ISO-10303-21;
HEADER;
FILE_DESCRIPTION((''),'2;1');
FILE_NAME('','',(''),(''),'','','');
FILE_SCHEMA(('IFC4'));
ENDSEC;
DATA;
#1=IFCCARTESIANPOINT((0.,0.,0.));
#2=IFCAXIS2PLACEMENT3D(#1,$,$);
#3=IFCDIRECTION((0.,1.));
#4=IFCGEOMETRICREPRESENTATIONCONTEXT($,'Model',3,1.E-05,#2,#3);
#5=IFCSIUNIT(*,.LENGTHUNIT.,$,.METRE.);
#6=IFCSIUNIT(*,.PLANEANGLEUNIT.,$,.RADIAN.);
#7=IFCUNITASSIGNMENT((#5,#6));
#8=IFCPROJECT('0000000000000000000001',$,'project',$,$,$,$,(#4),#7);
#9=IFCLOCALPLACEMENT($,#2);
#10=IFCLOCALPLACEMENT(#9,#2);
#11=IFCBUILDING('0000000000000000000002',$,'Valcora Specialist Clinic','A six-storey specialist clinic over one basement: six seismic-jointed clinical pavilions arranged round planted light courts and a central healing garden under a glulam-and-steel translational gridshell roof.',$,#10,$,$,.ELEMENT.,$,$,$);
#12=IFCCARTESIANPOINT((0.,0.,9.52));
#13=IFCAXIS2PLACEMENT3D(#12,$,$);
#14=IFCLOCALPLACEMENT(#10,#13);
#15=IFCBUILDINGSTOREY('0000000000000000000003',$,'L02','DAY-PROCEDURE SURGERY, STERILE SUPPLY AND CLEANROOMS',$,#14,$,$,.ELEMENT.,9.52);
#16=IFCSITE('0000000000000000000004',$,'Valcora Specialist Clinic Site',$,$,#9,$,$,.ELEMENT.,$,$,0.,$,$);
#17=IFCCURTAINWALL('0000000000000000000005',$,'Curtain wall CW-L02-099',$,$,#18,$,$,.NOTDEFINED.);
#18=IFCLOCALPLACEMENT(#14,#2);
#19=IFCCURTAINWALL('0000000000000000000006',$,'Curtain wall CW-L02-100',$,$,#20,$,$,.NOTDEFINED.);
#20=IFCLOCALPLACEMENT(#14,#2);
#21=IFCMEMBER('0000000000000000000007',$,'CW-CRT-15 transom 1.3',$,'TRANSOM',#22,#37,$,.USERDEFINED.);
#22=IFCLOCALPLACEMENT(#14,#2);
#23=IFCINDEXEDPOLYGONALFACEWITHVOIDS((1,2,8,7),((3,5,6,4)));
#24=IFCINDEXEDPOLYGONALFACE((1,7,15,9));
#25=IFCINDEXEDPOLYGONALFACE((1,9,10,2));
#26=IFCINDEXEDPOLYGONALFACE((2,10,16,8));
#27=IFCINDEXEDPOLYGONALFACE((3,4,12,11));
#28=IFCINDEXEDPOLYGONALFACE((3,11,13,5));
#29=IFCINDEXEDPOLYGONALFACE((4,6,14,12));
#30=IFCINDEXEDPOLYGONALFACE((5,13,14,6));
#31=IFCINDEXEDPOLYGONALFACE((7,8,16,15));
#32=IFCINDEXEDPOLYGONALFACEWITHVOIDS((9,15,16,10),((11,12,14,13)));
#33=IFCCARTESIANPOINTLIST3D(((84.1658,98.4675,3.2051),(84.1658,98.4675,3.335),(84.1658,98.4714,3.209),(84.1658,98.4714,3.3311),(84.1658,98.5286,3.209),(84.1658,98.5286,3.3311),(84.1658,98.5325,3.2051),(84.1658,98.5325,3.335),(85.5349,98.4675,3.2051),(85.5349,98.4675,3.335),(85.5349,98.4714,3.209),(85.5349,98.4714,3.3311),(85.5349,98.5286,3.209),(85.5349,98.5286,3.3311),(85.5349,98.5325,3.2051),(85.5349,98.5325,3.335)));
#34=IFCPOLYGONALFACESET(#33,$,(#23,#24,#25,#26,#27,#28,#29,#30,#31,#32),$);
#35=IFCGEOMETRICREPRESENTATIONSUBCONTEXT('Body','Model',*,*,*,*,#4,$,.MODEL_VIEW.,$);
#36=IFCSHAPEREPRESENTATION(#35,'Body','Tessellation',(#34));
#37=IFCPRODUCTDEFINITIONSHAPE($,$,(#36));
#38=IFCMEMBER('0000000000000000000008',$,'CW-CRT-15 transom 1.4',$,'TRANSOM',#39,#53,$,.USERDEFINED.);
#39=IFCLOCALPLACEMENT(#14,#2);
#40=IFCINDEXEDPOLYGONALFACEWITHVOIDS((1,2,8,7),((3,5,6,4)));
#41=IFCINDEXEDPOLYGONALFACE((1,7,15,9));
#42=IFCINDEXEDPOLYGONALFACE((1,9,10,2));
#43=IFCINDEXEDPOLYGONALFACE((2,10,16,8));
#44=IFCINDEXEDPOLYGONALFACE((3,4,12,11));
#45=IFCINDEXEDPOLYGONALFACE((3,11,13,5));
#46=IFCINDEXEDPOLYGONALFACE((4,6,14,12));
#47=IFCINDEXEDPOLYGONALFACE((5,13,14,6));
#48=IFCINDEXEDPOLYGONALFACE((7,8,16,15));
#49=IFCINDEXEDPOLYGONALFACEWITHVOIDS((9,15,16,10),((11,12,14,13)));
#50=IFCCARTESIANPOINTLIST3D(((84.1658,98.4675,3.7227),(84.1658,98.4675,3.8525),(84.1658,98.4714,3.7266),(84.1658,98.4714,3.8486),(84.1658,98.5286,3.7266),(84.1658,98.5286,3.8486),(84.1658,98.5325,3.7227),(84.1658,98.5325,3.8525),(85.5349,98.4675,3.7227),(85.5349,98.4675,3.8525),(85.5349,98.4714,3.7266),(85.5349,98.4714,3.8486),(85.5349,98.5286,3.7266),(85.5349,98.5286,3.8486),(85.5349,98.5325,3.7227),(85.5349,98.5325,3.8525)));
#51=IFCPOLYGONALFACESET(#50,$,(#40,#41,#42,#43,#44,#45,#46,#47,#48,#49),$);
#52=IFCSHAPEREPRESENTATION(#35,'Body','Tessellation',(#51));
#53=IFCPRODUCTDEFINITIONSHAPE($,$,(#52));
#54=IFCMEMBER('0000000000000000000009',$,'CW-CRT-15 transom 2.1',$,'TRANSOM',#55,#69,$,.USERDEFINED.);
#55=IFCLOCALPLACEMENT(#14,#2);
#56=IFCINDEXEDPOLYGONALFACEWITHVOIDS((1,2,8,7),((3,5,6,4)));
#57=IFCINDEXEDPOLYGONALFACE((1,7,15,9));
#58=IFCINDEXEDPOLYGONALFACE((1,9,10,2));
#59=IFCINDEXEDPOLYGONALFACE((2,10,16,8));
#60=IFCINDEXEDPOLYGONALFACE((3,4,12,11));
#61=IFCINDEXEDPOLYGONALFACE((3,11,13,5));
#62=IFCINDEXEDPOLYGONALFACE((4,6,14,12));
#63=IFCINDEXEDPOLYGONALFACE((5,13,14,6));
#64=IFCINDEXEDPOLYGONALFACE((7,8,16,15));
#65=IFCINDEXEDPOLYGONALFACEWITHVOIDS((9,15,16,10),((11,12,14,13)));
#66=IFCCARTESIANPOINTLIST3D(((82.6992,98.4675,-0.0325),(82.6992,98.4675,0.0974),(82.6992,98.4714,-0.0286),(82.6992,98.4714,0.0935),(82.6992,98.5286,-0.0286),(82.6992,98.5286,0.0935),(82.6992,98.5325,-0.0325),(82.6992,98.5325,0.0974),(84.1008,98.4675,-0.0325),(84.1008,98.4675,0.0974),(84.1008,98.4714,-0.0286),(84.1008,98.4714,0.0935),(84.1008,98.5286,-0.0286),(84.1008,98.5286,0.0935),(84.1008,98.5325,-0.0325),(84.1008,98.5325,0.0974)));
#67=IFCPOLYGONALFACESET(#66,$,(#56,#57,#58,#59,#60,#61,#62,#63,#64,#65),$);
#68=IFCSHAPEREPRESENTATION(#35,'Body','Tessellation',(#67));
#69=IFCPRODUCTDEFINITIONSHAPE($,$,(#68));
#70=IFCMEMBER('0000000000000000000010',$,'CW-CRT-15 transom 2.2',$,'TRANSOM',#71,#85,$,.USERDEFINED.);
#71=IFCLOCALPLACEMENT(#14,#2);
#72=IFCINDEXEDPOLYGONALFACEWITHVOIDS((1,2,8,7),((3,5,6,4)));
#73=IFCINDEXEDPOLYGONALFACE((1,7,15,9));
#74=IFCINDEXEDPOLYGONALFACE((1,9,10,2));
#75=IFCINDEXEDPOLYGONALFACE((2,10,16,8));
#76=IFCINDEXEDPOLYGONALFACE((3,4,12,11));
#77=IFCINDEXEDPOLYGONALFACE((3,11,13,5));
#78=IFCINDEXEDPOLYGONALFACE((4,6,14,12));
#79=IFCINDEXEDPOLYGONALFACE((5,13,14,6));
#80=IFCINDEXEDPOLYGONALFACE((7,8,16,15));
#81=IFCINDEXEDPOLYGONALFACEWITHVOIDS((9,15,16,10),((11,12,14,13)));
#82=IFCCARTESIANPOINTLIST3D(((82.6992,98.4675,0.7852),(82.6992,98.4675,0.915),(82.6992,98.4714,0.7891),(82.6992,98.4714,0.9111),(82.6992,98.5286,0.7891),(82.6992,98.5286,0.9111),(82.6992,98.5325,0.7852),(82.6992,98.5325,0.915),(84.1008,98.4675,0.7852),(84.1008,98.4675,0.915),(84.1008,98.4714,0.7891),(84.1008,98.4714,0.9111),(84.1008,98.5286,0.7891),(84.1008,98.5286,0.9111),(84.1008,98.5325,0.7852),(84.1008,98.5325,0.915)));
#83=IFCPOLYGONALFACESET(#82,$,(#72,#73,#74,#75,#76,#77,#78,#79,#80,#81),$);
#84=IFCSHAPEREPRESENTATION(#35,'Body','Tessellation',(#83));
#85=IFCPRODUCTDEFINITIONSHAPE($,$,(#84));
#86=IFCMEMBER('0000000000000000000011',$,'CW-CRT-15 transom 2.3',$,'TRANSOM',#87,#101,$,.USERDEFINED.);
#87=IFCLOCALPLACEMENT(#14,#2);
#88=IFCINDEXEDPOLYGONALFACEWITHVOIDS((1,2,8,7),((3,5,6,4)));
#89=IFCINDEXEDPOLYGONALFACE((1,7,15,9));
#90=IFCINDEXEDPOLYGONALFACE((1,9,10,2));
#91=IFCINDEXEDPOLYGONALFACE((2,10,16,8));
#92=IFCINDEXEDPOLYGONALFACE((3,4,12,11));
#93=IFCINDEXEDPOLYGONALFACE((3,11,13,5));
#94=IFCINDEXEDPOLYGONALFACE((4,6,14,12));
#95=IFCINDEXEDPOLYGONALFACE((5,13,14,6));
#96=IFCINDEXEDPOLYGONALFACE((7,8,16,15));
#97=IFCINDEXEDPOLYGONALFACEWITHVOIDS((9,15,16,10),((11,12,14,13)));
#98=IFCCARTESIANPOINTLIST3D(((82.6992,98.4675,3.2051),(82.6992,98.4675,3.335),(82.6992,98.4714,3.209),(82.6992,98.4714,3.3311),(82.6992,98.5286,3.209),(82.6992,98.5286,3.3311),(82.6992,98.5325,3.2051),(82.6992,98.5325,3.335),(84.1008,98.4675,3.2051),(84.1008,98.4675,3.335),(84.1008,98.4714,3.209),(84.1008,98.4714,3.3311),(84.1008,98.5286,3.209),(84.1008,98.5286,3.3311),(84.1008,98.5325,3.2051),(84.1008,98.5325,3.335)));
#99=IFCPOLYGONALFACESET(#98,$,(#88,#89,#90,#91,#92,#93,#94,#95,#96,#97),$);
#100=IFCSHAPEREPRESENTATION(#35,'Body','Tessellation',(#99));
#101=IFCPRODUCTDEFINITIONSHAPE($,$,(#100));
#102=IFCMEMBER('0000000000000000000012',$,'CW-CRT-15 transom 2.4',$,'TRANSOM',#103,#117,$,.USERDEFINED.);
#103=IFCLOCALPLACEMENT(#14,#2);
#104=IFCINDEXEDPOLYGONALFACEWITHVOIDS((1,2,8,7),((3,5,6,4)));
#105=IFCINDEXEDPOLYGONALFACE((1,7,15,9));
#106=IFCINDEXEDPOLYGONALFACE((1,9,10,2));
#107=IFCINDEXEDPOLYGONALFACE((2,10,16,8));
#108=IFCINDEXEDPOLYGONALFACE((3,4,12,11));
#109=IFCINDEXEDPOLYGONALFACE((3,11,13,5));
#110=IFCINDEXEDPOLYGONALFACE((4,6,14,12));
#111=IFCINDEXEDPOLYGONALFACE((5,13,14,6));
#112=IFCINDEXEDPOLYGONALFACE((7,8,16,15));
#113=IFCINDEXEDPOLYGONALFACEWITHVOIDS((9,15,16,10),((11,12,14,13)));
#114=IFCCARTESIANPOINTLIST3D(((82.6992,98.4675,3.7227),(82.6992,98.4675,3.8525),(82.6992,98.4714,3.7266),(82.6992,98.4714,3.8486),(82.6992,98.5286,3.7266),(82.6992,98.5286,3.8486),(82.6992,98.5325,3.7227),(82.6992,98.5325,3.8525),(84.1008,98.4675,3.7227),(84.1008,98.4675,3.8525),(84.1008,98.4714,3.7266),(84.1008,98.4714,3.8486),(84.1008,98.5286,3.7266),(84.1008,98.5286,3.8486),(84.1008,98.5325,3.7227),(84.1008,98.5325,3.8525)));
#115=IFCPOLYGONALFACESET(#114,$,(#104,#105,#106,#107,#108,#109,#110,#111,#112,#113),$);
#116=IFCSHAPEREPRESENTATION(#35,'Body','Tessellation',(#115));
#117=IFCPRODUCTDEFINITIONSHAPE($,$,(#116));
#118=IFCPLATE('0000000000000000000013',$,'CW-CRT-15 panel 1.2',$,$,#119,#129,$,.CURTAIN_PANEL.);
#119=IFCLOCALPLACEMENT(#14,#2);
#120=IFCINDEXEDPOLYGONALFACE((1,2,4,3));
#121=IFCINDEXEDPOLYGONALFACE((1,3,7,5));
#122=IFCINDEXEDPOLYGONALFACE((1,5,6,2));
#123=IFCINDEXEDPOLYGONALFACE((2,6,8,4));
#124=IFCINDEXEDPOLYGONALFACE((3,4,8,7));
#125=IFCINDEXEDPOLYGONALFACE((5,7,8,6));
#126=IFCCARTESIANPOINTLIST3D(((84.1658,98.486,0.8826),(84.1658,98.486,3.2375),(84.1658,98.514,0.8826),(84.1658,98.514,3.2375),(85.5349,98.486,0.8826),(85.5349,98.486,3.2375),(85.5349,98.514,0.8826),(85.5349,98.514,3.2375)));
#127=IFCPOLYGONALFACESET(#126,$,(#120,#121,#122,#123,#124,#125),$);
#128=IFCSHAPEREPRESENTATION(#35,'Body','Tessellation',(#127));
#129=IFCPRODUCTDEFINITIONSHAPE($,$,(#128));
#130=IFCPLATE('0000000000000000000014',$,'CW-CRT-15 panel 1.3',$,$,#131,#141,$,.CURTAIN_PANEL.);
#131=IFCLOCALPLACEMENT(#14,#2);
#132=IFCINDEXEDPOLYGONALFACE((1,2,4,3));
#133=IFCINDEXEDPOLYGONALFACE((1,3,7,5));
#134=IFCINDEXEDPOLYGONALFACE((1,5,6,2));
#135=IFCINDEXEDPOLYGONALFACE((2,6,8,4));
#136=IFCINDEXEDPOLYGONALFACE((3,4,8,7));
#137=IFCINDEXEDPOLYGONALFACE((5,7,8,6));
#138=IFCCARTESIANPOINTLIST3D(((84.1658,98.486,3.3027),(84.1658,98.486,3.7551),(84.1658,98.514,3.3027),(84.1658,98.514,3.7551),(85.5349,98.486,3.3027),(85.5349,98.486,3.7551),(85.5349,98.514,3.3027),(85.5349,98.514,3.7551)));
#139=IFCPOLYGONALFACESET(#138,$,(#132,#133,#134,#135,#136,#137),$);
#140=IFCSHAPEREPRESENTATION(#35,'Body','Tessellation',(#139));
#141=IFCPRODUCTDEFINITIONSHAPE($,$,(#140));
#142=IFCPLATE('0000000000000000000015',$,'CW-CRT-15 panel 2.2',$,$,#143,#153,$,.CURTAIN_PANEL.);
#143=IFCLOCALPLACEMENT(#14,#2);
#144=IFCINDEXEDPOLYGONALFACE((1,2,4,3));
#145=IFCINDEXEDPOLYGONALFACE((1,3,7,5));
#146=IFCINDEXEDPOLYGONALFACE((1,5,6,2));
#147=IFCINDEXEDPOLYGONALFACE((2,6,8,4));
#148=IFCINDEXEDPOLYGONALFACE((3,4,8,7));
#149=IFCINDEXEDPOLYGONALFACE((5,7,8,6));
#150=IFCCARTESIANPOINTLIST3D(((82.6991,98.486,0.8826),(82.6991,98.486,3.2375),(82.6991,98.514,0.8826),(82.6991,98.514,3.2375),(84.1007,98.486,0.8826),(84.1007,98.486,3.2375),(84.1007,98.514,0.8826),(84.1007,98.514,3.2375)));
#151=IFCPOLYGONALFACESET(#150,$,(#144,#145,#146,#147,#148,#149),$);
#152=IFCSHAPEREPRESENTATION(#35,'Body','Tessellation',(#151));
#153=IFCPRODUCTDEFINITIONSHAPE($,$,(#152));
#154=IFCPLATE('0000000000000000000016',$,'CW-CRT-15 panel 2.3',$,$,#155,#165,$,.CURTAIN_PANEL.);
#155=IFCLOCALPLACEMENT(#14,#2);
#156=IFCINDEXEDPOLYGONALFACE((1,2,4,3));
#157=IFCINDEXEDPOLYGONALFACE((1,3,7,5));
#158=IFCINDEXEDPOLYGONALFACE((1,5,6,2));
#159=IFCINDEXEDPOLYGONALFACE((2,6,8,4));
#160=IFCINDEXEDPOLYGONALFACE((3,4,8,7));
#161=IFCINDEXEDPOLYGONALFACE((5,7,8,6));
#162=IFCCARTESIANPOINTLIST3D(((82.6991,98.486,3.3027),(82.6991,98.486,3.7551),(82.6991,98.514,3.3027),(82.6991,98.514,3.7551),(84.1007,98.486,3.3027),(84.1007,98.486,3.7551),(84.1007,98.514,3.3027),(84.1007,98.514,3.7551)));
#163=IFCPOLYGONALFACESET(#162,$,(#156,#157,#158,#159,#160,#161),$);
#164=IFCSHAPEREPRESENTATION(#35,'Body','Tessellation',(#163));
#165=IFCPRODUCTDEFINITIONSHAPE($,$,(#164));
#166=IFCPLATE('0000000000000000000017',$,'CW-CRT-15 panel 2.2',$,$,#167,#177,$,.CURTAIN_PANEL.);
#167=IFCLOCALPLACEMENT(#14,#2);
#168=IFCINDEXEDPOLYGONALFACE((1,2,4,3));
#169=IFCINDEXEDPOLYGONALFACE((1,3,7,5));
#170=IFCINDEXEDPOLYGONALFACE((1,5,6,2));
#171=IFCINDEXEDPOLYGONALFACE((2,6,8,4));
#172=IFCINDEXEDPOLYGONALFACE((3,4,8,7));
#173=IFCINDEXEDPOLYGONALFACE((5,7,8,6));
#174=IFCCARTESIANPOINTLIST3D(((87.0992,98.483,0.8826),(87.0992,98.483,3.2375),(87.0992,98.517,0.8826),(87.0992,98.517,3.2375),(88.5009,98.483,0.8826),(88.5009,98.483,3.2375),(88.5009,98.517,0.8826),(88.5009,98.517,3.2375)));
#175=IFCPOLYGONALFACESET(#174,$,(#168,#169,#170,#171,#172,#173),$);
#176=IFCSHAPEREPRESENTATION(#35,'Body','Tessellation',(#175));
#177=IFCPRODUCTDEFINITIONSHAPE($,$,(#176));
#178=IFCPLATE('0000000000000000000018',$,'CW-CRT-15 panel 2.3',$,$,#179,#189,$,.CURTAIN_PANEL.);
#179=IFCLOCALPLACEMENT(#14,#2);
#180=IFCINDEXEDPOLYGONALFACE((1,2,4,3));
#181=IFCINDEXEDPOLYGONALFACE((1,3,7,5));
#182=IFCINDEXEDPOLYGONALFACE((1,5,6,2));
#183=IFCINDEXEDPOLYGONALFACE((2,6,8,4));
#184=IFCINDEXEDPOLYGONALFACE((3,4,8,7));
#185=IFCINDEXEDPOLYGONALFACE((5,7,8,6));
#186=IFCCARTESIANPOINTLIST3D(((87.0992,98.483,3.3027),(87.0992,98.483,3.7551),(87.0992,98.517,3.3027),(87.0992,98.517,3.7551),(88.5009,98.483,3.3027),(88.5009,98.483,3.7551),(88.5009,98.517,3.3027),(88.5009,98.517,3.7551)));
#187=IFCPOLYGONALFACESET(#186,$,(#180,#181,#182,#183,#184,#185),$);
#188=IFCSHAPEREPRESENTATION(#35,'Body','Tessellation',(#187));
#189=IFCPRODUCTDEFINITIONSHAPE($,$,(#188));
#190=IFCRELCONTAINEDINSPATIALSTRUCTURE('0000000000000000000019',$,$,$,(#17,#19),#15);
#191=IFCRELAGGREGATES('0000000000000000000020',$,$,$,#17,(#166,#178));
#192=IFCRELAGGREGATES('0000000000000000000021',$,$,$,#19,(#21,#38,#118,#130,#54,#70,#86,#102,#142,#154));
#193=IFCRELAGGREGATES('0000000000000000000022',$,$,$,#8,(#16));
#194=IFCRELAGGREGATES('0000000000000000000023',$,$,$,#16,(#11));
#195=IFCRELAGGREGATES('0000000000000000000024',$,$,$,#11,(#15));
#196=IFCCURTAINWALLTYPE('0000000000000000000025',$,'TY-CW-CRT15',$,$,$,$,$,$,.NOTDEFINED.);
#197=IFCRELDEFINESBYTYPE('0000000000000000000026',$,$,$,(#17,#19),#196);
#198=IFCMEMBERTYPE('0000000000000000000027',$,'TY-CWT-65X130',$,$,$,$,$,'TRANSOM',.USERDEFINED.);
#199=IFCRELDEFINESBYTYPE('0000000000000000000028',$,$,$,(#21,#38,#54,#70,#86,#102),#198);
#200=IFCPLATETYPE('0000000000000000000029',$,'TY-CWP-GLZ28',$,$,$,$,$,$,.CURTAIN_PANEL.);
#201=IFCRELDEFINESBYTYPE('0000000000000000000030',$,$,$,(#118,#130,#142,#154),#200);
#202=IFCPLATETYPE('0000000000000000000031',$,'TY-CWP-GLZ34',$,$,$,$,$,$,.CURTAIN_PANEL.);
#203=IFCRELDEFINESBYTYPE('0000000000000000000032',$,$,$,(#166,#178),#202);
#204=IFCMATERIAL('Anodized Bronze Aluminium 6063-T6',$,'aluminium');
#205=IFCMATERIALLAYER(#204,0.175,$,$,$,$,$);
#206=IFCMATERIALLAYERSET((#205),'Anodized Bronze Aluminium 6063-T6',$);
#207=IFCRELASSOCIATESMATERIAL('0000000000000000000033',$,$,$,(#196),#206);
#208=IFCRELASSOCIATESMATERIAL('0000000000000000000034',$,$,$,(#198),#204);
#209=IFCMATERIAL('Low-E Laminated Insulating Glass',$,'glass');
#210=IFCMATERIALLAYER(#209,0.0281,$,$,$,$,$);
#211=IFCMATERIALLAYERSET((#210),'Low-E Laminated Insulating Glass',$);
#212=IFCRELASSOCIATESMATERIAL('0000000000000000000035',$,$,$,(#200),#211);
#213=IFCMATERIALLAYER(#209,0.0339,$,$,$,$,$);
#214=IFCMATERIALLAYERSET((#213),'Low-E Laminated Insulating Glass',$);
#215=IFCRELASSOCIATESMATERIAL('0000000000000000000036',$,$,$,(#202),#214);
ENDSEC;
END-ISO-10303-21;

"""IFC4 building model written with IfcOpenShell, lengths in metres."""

from ifc_helpers import new_model, si_unit, direction, frame, origin, origin_2d, place, context, subcontext, project, spatial, rectangle, hollow_rectangle, extrude, material, layer, layer_set, material_profile, profile_set, type_object, element, aggregate, save


model = new_model("IFC4")

# Units and contexts
model_context = context("Model", 3, precision=1e-05, world=origin(), true_north=direction((0.0, 1.0)))
body_context = subcontext(model_context, "Body", "Model", "MODEL_VIEW")
ifc_project = project(units=[si_unit("LENGTHUNIT", "METRE"), si_unit("PLANEANGLEUNIT", "RADIAN")], contexts=[model_context])

# Site, building, storey
site_placement = place(None, origin())
site = spatial("IfcSite", under=ifc_project, at=site_placement, Name="Valcora Specialist Clinic Site", CompositionType="ELEMENT", RefElevation=0.0)
building_placement = place(site_placement, origin())
building = spatial("IfcBuilding", under=site, at=building_placement, Name="Valcora Specialist Clinic", Description="A six-storey specialist clinic over one basement: six seismic-jointed clinical pavilions arranged round planted light courts and a central healing garden under a glulam-and-steel translational gridshell roof.", CompositionType="ELEMENT")
storey_placement = place(building_placement, frame((0.0, 0.0, 9.52)))
storey = spatial("IfcBuildingStorey", under=building, at=storey_placement, Name="L02", Description="DAY-PROCEDURE SURGERY, STERILE SUPPLY AND CLEANROOMS", CompositionType="ELEMENT", Elevation=9.52)

# Curtain walls
ifc_material_1 = material(Name="Anodized Bronze Aluminium 6063-T6", Category="aluminium")
ifc_layer_1 = layer(ifc_material_1, 0.175)
ifc_layer_set_1 = layer_set([ifc_layer_1], Name="Anodized Bronze Aluminium 6063-T6")
curtain_wall_type = type_object("IfcCurtainWallType", Name="TY-CW-CRT15", PredefinedType="NOTDEFINED", material=ifc_layer_set_1)
curtain_wall_1_placement = place(storey_placement, origin())
curtain_wall_1 = element("IfcCurtainWall", 1, at=curtain_wall_1_placement, inside=storey, type_object=curtain_wall_type, Name="Curtain wall CW-L02-099", PredefinedType="NOTDEFINED")
curtain_wall_2_placement = place(storey_placement, origin())
curtain_wall_2 = element("IfcCurtainWall", 2, at=curtain_wall_2_placement, inside=storey, type_object=curtain_wall_type, Name="Curtain wall CW-L02-100", PredefinedType="NOTDEFINED")

# Members
ifc_material_profile_1 = material_profile(ifc_material_1, hollow_rectangle(XDim=0.0649, YDim=0.1299, WallThickness=0.0039, at=origin_2d()), Name="AL-TRN-65X130")
ifc_profile_set_1 = profile_set([ifc_material_profile_1], Name="Anodized Bronze Aluminium 6063-T6")
member_type_1 = type_object("IfcMemberType", Name="TY-CWT-65X130", ElementType="TRANSOM", PredefinedType="USERDEFINED", material=ifc_profile_set_1)
member_1_placement = place(storey_placement, frame((85.5349, 98.5, 3.27), z_axis=(-1.0, 0.0, 0.0), x_axis=(0.0, -1.0, 0.0)))
member_1 = element("IfcMember", 3, at=member_1_placement, type_object=member_type_1, Name="CW-CRT-15 transom 1.3", ObjectType="TRANSOM", PredefinedType="USERDEFINED", context=body_context, shape_type="SweptSolid", body=[
    extrude(hollow_rectangle(XDim=0.0649, YDim=0.1299, WallThickness=0.0039, at=origin_2d()), origin(), (0.0, 0.0, 1.0), 1.3691),
])
member_2_placement = place(storey_placement, frame((85.5349, 98.5, 3.7876), z_axis=(-1.0, 0.0, 0.0), x_axis=(0.0, -1.0, 0.0)))
member_2 = element("IfcMember", 4, at=member_2_placement, type_object=member_type_1, Name="CW-CRT-15 transom 1.4", ObjectType="TRANSOM", PredefinedType="USERDEFINED", context=body_context, shape_type="SweptSolid", body=[
    extrude(hollow_rectangle(XDim=0.0649, YDim=0.1299, WallThickness=0.0039, at=origin_2d()), origin(), (0.0, 0.0, 1.0), 1.3691),
])
member_3_placement = place(storey_placement, frame((84.1008, 98.5, 0.0325), z_axis=(-1.0, 0.0, 0.0), x_axis=(0.0, -1.0, 0.0)))
member_3 = element("IfcMember", 5, at=member_3_placement, type_object=member_type_1, Name="CW-CRT-15 transom 2.1", ObjectType="TRANSOM", PredefinedType="USERDEFINED", context=body_context, shape_type="SweptSolid", body=[
    extrude(hollow_rectangle(XDim=0.0649, YDim=0.1299, WallThickness=0.0039, at=origin_2d()), origin(), (0.0, 0.0, 1.0), 1.4016),
])
member_4_placement = place(storey_placement, frame((84.1008, 98.5, 0.8501), z_axis=(-1.0, 0.0, 0.0), x_axis=(0.0, -1.0, 0.0)))
member_4 = element("IfcMember", 6, at=member_4_placement, type_object=member_type_1, Name="CW-CRT-15 transom 2.2", ObjectType="TRANSOM", PredefinedType="USERDEFINED", context=body_context, shape_type="SweptSolid", body=[
    extrude(hollow_rectangle(XDim=0.0649, YDim=0.1299, WallThickness=0.0039, at=origin_2d()), origin(), (0.0, 0.0, 1.0), 1.4016),
])
member_5_placement = place(storey_placement, frame((84.1008, 98.5, 3.27), z_axis=(-1.0, 0.0, 0.0), x_axis=(0.0, -1.0, 0.0)))
member_5 = element("IfcMember", 7, at=member_5_placement, type_object=member_type_1, Name="CW-CRT-15 transom 2.3", ObjectType="TRANSOM", PredefinedType="USERDEFINED", context=body_context, shape_type="SweptSolid", body=[
    extrude(hollow_rectangle(XDim=0.0649, YDim=0.1299, WallThickness=0.0039, at=origin_2d()), origin(), (0.0, 0.0, 1.0), 1.4016),
])
member_6_placement = place(storey_placement, frame((84.1008, 98.5, 3.7876), z_axis=(-1.0, 0.0, 0.0), x_axis=(0.0, -1.0, 0.0)))
member_6 = element("IfcMember", 8, at=member_6_placement, type_object=member_type_1, Name="CW-CRT-15 transom 2.4", ObjectType="TRANSOM", PredefinedType="USERDEFINED", context=body_context, shape_type="SweptSolid", body=[
    extrude(hollow_rectangle(XDim=0.0649, YDim=0.1299, WallThickness=0.0039, at=origin_2d()), origin(), (0.0, 0.0, 1.0), 1.4016),
])

# Plates
ifc_material_2 = material(Name="Low-E Laminated Insulating Glass", Category="glass")
ifc_layer_2 = layer(ifc_material_2, 0.0281)
ifc_layer_set_2 = layer_set([ifc_layer_2], Name="Low-E Laminated Insulating Glass")
plate_type_1 = type_object("IfcPlateType", Name="TY-CWP-GLZ28", PredefinedType="CURTAIN_PANEL", material=ifc_layer_set_2)
plate_1_placement = place(storey_placement, frame((84.8503, 98.5, 0.8826), z_axis=(0.0, 0.0, 1.0), x_axis=(-1.0, 0.0, 0.0)))
plate_1 = element("IfcPlate", 9, at=plate_1_placement, type_object=plate_type_1, Name="CW-CRT-15 panel 1.2", PredefinedType="CURTAIN_PANEL", context=body_context, shape_type="SweptSolid", body=[
    extrude(rectangle(XDim=1.3691, YDim=0.0281, at=origin_2d()), origin(), (0.0, 0.0, 1.0), 2.355),
])
plate_2_placement = place(storey_placement, frame((84.8503, 98.5, 3.3027), z_axis=(0.0, 0.0, 1.0), x_axis=(-1.0, 0.0, 0.0)))
plate_2 = element("IfcPlate", 10, at=plate_2_placement, type_object=plate_type_1, Name="CW-CRT-15 panel 1.3", PredefinedType="CURTAIN_PANEL", context=body_context, shape_type="SweptSolid", body=[
    extrude(rectangle(XDim=1.3691, YDim=0.0281, at=origin_2d()), origin(), (0.0, 0.0, 1.0), 0.4524),
])
plate_3_placement = place(storey_placement, frame((83.3999, 98.5, 0.8826), z_axis=(0.0, 0.0, 1.0), x_axis=(-1.0, 0.0, 0.0)))
plate_3 = element("IfcPlate", 11, at=plate_3_placement, type_object=plate_type_1, Name="CW-CRT-15 panel 2.2", PredefinedType="CURTAIN_PANEL", context=body_context, shape_type="SweptSolid", body=[
    extrude(rectangle(XDim=1.4016, YDim=0.0281, at=origin_2d()), origin(), (0.0, 0.0, 1.0), 2.355),
])
plate_4_placement = place(storey_placement, frame((83.3999, 98.5, 3.3027), z_axis=(0.0, 0.0, 1.0), x_axis=(-1.0, 0.0, 0.0)))
plate_4 = element("IfcPlate", 12, at=plate_4_placement, type_object=plate_type_1, Name="CW-CRT-15 panel 2.3", PredefinedType="CURTAIN_PANEL", context=body_context, shape_type="SweptSolid", body=[
    extrude(rectangle(XDim=1.4016, YDim=0.0281, at=origin_2d()), origin(), (0.0, 0.0, 1.0), 0.4524),
])
ifc_layer_3 = layer(ifc_material_2, 0.0339)
ifc_layer_set_3 = layer_set([ifc_layer_3], Name="Low-E Laminated Insulating Glass")
plate_type_2 = type_object("IfcPlateType", Name="TY-CWP-GLZ34", PredefinedType="CURTAIN_PANEL", material=ifc_layer_set_3)
plate_5_placement = place(storey_placement, frame((87.8, 98.5, 0.8826), z_axis=(0.0, 0.0, 1.0), x_axis=(-1.0, 0.0, 0.0)))
plate_5 = element("IfcPlate", 13, at=plate_5_placement, type_object=plate_type_2, Name="CW-CRT-15 panel 2.2", PredefinedType="CURTAIN_PANEL", context=body_context, shape_type="SweptSolid", body=[
    extrude(rectangle(XDim=1.4016, YDim=0.0339, at=origin_2d()), origin(), (0.0, 0.0, 1.0), 2.355),
])
plate_6_placement = place(storey_placement, frame((87.8, 98.5, 3.3027), z_axis=(0.0, 0.0, 1.0), x_axis=(-1.0, 0.0, 0.0)))
plate_6 = element("IfcPlate", 14, at=plate_6_placement, type_object=plate_type_2, Name="CW-CRT-15 panel 2.3", PredefinedType="CURTAIN_PANEL", context=body_context, shape_type="SweptSolid", body=[
    extrude(rectangle(XDim=1.4016, YDim=0.0339, at=origin_2d()), origin(), (0.0, 0.0, 1.0), 0.4524),
])
aggregate(curtain_wall_1, [plate_5, plate_6])
aggregate(curtain_wall_2, [member_1, member_2, plate_1, plate_2, member_3, member_4, member_5, member_6, plate_3, plate_4])

save(model, "model.ifc")
